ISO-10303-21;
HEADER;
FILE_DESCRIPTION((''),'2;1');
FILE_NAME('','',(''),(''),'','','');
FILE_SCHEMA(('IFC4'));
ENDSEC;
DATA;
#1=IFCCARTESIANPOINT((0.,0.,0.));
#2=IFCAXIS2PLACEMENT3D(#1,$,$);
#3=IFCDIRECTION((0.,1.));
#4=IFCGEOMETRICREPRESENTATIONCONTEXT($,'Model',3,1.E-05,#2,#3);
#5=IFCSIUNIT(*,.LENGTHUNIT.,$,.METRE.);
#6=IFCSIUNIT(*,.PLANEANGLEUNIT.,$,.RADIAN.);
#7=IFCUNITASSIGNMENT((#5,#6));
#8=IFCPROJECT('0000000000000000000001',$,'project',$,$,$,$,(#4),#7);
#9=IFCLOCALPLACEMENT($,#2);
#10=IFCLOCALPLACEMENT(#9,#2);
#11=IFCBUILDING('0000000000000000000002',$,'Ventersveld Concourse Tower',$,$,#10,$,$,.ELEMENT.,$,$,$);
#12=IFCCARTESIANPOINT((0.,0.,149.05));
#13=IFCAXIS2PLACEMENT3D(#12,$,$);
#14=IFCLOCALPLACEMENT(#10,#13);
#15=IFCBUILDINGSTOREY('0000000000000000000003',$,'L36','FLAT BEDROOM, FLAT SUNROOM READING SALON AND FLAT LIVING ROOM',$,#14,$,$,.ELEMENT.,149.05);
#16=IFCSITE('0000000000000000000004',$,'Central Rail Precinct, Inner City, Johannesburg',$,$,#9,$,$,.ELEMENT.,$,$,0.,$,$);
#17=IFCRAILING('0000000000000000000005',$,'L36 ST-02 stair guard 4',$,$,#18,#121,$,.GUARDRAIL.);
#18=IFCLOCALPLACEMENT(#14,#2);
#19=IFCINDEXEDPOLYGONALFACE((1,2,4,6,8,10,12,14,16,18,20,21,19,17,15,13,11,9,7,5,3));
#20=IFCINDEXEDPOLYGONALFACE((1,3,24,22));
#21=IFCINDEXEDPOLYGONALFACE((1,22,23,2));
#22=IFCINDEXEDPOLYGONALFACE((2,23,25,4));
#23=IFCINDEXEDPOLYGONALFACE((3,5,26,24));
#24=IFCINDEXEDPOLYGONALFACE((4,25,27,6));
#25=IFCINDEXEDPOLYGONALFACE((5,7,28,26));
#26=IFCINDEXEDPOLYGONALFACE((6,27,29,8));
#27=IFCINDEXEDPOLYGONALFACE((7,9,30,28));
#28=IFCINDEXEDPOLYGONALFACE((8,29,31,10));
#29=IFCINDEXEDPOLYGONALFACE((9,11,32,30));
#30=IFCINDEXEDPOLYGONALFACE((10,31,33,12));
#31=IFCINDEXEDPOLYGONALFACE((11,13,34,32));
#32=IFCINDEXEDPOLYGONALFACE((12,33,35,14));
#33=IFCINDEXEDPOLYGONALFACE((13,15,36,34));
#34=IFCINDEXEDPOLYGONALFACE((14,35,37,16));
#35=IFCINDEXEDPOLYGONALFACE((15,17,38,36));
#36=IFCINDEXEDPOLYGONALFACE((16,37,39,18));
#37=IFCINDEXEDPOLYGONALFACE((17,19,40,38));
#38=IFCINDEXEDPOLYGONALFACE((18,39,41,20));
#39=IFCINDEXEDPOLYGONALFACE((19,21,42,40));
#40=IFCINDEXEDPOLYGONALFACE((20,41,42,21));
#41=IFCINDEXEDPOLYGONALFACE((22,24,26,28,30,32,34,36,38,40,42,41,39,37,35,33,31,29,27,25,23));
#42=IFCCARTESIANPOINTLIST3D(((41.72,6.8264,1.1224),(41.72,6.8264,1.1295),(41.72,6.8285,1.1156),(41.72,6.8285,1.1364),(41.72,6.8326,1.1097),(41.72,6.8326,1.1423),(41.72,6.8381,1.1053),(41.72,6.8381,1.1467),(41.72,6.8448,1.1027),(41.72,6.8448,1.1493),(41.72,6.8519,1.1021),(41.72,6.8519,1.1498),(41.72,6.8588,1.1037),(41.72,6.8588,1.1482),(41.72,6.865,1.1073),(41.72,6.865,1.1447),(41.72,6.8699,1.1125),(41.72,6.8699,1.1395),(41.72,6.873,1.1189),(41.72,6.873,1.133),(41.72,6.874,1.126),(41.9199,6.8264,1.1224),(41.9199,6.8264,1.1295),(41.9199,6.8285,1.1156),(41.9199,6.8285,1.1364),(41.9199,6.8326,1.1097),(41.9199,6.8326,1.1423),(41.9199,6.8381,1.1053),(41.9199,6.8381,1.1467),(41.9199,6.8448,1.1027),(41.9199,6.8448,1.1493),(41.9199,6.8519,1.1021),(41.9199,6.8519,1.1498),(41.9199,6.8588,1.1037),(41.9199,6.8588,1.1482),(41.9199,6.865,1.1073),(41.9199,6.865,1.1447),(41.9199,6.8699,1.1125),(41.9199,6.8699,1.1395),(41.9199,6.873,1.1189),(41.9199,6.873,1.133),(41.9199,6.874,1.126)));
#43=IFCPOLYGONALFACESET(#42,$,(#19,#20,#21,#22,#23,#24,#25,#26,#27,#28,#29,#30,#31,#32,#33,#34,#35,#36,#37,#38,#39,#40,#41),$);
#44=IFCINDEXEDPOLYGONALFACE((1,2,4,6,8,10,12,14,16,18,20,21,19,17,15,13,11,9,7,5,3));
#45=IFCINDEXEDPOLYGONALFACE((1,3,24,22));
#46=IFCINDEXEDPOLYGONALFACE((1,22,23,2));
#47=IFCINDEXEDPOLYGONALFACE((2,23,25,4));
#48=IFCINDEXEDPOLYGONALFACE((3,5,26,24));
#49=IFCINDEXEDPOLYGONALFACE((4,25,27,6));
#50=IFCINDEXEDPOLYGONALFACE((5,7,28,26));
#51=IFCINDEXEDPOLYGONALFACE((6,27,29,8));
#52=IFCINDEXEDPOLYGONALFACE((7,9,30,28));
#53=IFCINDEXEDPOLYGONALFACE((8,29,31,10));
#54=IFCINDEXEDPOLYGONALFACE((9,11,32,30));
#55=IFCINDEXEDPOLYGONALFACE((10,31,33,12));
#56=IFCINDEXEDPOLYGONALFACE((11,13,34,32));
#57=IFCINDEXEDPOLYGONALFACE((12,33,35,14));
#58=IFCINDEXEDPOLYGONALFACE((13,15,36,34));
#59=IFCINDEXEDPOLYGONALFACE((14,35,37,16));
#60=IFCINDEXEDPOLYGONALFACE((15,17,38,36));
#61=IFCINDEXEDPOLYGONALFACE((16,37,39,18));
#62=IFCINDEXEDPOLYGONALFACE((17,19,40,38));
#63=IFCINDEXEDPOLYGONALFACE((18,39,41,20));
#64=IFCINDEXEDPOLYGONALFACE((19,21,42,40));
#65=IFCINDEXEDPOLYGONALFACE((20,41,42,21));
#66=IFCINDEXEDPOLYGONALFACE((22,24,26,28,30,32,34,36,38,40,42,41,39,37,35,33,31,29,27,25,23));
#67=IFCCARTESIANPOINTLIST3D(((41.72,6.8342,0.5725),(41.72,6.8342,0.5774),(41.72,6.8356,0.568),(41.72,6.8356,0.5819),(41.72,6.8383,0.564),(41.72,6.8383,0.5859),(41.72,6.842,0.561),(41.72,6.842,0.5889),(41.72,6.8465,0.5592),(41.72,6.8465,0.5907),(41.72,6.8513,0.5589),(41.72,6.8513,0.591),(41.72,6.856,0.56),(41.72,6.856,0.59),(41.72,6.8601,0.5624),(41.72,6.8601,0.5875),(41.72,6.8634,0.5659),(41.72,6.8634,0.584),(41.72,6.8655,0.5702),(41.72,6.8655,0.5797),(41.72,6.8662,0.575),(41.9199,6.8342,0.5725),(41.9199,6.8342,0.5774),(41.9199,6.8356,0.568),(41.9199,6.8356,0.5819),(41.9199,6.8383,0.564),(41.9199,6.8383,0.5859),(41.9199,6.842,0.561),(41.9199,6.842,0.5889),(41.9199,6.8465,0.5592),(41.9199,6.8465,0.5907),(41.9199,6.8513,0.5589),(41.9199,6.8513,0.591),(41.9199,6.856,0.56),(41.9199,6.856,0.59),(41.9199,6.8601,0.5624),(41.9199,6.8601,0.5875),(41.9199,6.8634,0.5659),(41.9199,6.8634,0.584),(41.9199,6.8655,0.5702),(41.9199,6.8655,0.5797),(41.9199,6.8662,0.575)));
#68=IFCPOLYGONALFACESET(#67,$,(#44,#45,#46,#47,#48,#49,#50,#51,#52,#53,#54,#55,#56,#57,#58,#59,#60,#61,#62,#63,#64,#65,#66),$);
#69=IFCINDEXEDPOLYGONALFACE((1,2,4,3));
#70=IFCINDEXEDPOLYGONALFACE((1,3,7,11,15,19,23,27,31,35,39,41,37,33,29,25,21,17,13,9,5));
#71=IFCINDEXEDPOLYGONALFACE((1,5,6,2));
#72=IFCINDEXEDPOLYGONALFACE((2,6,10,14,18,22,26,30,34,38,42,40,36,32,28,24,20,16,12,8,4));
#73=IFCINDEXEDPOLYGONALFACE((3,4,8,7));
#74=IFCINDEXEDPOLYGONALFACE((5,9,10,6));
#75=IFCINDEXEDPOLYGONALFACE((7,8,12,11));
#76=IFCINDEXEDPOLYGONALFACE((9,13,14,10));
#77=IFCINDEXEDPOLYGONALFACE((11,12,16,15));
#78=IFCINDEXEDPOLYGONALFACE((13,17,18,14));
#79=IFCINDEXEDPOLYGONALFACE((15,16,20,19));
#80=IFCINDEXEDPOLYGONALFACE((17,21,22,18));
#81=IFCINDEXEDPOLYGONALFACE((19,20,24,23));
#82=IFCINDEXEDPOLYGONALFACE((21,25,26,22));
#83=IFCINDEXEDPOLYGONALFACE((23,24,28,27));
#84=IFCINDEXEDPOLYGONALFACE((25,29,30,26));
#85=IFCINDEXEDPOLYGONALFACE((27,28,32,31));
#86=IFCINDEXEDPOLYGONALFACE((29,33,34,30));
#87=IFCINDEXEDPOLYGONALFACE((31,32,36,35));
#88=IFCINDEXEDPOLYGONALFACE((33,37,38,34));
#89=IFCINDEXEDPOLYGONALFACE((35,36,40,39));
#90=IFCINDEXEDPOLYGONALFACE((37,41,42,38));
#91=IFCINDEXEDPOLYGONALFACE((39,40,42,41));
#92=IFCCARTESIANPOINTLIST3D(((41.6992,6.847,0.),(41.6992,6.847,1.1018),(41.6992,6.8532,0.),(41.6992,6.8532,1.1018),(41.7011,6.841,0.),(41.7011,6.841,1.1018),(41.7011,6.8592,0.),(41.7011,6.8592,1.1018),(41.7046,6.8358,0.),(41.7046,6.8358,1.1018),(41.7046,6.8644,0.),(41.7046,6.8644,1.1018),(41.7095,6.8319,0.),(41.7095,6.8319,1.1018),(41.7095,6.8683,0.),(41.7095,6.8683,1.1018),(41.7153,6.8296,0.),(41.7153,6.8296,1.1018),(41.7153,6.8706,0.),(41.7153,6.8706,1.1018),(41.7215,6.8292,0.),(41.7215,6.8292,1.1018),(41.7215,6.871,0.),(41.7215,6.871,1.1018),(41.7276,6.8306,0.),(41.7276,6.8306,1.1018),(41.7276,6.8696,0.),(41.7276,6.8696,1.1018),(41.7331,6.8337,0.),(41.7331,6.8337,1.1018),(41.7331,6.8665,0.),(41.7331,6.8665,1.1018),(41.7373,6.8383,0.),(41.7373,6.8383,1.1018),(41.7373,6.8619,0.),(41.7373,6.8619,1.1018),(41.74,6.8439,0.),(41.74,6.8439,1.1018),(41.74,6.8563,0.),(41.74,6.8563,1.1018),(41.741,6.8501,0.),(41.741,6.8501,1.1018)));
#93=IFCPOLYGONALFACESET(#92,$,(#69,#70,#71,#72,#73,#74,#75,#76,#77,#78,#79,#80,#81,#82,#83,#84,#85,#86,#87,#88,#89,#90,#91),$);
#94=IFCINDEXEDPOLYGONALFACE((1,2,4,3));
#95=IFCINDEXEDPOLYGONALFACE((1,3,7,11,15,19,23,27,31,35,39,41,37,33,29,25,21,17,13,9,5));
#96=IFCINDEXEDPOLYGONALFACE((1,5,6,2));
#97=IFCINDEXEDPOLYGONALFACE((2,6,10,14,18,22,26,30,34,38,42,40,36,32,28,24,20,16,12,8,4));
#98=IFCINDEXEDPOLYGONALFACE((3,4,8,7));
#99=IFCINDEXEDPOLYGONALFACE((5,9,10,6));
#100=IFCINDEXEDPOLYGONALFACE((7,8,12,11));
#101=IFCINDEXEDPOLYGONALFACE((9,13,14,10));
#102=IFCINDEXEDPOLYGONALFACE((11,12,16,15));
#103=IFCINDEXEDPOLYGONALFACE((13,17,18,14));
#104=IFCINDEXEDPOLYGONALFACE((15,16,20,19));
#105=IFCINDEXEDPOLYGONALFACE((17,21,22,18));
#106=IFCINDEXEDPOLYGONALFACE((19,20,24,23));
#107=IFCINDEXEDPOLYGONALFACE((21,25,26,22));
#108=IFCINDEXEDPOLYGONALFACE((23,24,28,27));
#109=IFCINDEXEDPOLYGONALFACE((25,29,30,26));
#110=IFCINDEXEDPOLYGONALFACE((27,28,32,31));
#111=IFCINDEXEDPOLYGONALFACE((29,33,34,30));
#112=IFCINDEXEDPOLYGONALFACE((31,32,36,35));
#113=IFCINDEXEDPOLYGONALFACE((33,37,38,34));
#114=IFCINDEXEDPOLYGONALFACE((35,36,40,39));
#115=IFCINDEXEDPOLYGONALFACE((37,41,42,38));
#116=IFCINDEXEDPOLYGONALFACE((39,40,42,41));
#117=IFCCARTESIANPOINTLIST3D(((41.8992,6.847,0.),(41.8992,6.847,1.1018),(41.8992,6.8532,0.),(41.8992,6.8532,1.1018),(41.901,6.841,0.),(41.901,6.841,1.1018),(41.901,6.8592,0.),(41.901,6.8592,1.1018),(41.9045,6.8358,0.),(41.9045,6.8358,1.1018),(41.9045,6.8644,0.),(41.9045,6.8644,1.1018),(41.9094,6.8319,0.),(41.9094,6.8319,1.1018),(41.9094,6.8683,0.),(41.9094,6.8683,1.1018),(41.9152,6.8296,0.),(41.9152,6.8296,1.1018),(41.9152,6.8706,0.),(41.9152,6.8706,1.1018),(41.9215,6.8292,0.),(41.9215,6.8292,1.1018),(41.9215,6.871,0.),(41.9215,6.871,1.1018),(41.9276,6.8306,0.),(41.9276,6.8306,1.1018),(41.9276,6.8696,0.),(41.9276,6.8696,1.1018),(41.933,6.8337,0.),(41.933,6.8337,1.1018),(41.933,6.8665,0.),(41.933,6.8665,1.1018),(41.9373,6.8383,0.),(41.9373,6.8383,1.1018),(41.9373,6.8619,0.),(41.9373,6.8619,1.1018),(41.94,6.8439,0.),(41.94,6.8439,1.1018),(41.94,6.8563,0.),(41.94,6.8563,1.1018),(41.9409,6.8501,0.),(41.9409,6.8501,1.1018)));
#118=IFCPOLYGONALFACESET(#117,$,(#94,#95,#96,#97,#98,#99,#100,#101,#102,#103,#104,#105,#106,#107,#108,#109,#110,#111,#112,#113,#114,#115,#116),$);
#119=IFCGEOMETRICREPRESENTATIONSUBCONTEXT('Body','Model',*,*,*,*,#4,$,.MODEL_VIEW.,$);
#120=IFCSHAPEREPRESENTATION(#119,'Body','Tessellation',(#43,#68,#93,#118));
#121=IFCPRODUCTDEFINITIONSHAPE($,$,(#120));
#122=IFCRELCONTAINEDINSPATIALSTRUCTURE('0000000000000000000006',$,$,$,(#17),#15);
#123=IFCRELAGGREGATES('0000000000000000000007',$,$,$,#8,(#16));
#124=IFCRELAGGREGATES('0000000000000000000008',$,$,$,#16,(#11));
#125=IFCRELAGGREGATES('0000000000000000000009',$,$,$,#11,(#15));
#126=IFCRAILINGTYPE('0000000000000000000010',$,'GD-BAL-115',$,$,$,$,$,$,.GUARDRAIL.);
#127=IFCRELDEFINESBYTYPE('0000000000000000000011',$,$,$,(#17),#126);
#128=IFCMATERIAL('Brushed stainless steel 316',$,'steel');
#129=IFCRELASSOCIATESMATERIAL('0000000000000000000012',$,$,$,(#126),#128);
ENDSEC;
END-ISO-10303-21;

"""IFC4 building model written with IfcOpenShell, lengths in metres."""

from ifc_helpers import new_model, si_unit, direction, frame, origin, origin_2d, place, context, subcontext, project, spatial, circle, extrude, material, type_object, element, save


model = new_model("IFC4")

# Units and contexts
model_context = context("Model", 3, precision=1e-05, world=origin(), true_north=direction((0.0, 1.0)))
body_context = subcontext(model_context, "Body", "Model", "MODEL_VIEW")
ifc_project = project(units=[si_unit("LENGTHUNIT", "METRE"), si_unit("PLANEANGLEUNIT", "RADIAN")], contexts=[model_context])

# Site, building, storey
site_placement = place(None, origin())
site = spatial("IfcSite", under=ifc_project, at=site_placement, Name="Central Rail Precinct, Inner City, Johannesburg", CompositionType="ELEMENT", RefElevation=0.0)
building_placement = place(site_placement, origin())
building = spatial("IfcBuilding", under=site, at=building_placement, Name="Ventersveld Concourse Tower", CompositionType="ELEMENT")
storey_placement = place(building_placement, frame((0.0, 0.0, 149.05)))
storey = spatial("IfcBuildingStorey", under=building, at=storey_placement, Name="L36", Description="FLAT BEDROOM, FLAT SUNROOM READING SALON AND FLAT LIVING ROOM", CompositionType="ELEMENT", Elevation=149.05)

# Shared definitions
ifc_material_1 = material(Name="Brushed stainless steel 316", Category="steel")

# Railing
railing_type_1 = type_object("IfcRailingType", Name="GD-BAL-115", PredefinedType="GUARDRAIL", material=ifc_material_1)
railing_1_placement = place(storey_placement, frame((41.72, 6.8501, 0.0)))
element("IfcRailing", 1, at=railing_1_placement, inside=storey, type_object=railing_type_1, Name="L36 ST-02 stair guard 4", PredefinedType="GUARDRAIL", context=body_context, shape_type="SweptSolid", body=[
    extrude(circle(Radius=0.0239, at=origin_2d()), frame((0.0, 0.0, 1.126), z_axis=(1.0, 0.0, 0.0), x_axis=(0.0, 1.0, 0.0)), (0.0, 0.0, 1.0), 0.2),
    extrude(circle(Radius=0.0161, at=origin_2d()), frame((0.0, 0.0, 0.575), z_axis=(1.0, 0.0, 0.0), x_axis=(0.0, 1.0, 0.0)), (0.0, 0.0, 1.0), 0.2),
    extrude(circle(Radius=0.021, at=origin_2d()), origin(), (0.0, 0.0, 1.0), 1.1018),
    extrude(circle(Radius=0.021, at=origin_2d()), frame((0.2, 0.0, 0.0)), (0.0, 0.0, 1.0), 1.1018),
])

save(model, "model.ifc")
